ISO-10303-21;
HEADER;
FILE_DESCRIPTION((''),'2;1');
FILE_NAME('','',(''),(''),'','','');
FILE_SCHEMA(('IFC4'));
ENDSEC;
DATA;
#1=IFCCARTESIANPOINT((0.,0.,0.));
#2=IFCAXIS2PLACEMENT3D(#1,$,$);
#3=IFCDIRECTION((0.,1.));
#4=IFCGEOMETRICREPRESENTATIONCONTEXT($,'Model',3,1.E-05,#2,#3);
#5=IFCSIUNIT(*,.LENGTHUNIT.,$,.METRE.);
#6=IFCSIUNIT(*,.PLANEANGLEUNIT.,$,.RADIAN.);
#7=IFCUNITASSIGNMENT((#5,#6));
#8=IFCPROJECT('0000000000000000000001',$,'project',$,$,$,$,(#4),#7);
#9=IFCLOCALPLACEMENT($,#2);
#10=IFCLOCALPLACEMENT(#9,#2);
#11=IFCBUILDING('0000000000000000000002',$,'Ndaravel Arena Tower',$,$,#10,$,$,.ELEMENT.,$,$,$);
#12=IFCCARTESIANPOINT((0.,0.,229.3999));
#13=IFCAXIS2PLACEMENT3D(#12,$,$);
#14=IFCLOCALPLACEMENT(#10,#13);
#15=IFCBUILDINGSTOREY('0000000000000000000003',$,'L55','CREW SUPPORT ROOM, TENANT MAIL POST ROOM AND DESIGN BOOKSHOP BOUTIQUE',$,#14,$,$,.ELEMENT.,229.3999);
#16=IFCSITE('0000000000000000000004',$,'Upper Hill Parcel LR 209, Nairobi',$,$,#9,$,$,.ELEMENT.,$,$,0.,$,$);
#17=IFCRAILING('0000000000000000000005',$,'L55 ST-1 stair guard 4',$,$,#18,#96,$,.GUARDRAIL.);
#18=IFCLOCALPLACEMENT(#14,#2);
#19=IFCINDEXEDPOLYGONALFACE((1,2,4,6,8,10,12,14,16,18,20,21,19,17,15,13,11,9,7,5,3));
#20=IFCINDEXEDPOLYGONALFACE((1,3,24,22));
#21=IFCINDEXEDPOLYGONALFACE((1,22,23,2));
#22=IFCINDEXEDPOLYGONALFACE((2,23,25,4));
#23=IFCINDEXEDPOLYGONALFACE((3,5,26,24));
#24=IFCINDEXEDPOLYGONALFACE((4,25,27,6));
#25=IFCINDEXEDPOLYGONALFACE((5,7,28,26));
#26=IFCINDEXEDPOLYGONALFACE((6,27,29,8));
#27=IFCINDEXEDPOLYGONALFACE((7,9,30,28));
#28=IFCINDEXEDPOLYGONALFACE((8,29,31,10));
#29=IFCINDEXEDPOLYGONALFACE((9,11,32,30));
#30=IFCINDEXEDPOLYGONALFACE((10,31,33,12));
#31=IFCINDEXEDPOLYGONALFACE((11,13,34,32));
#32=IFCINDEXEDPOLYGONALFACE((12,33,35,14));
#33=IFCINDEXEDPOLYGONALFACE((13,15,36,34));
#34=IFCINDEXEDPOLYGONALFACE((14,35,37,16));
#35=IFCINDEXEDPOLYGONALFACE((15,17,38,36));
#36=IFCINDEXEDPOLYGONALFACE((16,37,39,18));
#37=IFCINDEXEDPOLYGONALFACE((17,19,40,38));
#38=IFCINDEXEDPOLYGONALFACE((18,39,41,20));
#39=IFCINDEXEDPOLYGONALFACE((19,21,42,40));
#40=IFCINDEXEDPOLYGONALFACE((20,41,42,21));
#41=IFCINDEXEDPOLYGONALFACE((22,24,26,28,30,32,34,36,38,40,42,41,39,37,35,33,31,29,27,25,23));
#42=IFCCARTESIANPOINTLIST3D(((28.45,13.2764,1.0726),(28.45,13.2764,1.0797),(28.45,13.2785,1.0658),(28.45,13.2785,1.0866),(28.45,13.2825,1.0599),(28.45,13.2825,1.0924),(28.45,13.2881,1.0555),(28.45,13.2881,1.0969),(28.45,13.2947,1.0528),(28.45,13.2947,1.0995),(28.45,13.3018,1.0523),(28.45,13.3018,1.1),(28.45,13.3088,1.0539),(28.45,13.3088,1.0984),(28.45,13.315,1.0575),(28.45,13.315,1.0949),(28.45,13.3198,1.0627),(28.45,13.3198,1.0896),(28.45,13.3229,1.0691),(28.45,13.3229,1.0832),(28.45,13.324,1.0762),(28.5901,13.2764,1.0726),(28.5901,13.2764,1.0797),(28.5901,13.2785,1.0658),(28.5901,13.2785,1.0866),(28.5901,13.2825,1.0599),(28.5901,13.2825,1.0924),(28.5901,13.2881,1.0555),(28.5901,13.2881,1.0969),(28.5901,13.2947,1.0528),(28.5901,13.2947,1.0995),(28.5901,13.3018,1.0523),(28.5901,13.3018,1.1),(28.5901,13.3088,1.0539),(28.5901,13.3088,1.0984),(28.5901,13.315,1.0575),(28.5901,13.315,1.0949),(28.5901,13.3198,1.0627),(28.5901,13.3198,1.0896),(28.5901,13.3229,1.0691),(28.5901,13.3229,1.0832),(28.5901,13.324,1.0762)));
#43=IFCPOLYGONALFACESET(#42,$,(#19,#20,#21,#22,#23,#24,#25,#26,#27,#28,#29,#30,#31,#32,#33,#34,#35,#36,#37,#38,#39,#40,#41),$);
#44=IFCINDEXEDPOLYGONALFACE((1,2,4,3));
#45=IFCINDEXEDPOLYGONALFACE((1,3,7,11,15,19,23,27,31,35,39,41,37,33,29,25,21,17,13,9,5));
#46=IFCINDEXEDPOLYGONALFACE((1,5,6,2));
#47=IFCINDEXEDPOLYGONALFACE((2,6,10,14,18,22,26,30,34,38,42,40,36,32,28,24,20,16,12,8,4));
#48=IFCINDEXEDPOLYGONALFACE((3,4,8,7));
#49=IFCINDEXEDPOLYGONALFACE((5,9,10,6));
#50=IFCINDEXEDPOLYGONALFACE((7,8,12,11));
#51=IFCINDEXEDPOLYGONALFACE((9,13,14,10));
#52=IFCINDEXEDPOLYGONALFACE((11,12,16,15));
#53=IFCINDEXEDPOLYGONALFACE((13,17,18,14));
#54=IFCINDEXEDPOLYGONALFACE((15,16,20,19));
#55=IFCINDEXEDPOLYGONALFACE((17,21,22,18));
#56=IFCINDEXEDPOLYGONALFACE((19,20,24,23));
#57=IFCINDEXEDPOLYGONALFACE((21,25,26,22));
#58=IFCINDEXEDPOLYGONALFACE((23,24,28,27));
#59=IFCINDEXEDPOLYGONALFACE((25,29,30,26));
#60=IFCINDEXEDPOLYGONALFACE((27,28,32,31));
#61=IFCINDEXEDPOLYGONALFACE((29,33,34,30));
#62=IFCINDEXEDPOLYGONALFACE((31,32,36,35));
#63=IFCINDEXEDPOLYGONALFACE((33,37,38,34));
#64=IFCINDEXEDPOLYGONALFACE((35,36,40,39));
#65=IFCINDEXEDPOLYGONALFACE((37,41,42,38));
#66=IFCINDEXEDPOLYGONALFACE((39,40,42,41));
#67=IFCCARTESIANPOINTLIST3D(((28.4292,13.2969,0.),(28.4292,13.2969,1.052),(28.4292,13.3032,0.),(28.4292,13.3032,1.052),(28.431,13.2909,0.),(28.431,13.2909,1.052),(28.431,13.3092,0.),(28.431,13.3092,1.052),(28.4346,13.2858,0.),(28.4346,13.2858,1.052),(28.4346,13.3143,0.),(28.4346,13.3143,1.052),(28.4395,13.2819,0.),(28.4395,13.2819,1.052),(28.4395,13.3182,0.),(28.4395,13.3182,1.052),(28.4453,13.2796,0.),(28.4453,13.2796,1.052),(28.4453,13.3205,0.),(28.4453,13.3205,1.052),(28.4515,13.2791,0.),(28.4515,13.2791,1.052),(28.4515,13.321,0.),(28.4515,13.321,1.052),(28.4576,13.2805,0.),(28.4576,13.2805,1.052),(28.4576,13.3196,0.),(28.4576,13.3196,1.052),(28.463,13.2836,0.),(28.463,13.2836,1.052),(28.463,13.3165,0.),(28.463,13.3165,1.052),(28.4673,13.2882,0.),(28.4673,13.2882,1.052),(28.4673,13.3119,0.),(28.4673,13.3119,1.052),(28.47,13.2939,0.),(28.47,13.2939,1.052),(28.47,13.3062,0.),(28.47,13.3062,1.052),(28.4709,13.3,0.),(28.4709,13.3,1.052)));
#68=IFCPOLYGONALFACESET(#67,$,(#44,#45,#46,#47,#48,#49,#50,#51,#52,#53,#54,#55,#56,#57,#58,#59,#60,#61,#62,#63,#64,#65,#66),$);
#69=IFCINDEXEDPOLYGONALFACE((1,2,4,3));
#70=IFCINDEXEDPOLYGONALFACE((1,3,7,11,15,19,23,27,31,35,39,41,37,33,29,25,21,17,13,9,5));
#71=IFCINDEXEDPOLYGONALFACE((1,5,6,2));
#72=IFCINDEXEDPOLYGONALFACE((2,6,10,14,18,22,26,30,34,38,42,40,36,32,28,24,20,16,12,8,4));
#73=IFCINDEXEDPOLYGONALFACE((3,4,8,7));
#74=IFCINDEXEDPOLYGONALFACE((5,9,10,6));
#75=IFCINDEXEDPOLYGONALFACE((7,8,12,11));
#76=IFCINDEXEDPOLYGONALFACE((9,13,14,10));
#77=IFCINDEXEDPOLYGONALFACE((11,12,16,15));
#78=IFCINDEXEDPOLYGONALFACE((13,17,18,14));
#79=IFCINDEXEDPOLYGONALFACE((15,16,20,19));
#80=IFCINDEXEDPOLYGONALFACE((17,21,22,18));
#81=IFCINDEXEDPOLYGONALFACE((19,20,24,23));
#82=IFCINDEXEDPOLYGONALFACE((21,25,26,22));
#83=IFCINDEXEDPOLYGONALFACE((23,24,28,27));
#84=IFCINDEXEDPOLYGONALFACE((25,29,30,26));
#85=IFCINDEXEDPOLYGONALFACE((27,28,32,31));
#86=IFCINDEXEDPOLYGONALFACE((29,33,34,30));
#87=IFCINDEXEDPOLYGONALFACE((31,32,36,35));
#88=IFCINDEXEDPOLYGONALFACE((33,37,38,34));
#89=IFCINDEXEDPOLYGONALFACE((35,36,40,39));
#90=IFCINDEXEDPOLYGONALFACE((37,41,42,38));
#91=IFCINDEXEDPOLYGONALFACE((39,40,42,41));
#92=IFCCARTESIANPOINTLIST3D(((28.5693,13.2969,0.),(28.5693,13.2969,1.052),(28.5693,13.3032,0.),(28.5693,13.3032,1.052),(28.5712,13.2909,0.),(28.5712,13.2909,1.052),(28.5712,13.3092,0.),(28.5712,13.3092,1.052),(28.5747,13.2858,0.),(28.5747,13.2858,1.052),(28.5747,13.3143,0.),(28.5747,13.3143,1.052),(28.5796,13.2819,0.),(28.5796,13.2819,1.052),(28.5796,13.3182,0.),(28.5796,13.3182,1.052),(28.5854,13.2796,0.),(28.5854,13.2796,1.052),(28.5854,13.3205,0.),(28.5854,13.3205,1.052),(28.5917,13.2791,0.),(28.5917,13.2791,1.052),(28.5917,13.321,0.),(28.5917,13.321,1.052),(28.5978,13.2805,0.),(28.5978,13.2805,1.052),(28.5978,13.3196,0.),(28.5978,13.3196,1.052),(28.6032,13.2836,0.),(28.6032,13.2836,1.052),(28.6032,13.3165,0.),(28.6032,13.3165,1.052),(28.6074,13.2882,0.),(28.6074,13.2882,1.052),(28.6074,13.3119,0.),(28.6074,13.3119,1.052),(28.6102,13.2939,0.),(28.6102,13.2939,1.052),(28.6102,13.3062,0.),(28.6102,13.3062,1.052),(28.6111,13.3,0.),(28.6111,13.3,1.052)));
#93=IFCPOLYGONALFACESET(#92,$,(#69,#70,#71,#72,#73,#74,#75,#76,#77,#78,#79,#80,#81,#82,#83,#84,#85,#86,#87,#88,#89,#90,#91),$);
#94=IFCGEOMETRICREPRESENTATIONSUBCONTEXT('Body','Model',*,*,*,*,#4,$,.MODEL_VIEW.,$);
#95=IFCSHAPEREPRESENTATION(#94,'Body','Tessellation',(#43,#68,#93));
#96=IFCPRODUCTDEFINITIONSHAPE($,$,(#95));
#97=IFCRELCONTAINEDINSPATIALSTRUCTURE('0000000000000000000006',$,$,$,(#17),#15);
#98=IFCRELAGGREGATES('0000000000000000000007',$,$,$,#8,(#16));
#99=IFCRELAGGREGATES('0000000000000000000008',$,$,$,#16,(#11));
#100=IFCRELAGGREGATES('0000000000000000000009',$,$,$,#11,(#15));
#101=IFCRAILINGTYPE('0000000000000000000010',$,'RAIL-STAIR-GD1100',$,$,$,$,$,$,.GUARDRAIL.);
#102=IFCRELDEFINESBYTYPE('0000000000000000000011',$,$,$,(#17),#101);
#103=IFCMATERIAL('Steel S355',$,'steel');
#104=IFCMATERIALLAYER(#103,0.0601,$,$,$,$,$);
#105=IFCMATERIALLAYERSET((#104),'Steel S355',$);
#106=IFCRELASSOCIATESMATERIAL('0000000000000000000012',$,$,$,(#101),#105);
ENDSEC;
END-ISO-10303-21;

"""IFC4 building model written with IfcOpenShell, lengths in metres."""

from ifc_helpers import new_model, si_unit, direction, frame, origin, origin_2d, place, context, subcontext, project, spatial, circle, extrude, material, layer, layer_set, type_object, element, save


model = new_model("IFC4")

# Units and contexts
model_context = context("Model", 3, precision=1e-05, world=origin(), true_north=direction((0.0, 1.0)))
body_context = subcontext(model_context, "Body", "Model", "MODEL_VIEW")
ifc_project = project(units=[si_unit("LENGTHUNIT", "METRE"), si_unit("PLANEANGLEUNIT", "RADIAN")], contexts=[model_context])

# Site, building, storey
site_placement = place(None, origin())
site = spatial("IfcSite", under=ifc_project, at=site_placement, Name="Upper Hill Parcel LR 209, Nairobi", CompositionType="ELEMENT", RefElevation=0.0)
building_placement = place(site_placement, origin())
building = spatial("IfcBuilding", under=site, at=building_placement, Name="Ndaravel Arena Tower", CompositionType="ELEMENT")
storey_placement = place(building_placement, frame((0.0, 0.0, 229.3999)))
storey = spatial("IfcBuildingStorey", under=building, at=storey_placement, Name="L55", Description="CREW SUPPORT ROOM, TENANT MAIL POST ROOM AND DESIGN BOOKSHOP BOUTIQUE", CompositionType="ELEMENT", Elevation=229.3999)

# Railing
ifc_material_1 = material(Name="Steel S355", Category="steel")
ifc_layer_1 = layer(ifc_material_1, 0.0601)
ifc_layer_set_1 = layer_set([ifc_layer_1], Name="Steel S355")
railing_type_1 = type_object("IfcRailingType", Name="RAIL-STAIR-GD1100", PredefinedType="GUARDRAIL", material=ifc_layer_set_1)
railing_1_placement = place(storey_placement, frame((28.45, 13.3, 0.0)))
element("IfcRailing", 1, at=railing_1_placement, inside=storey, type_object=railing_type_1, Name="L55 ST-1 stair guard 4", PredefinedType="GUARDRAIL", context=body_context, shape_type="SweptSolid", body=[
    extrude(circle(Radius=0.0239, at=origin_2d()), frame((0.0, 0.0, 1.0762), z_axis=(1.0, 0.0, 0.0), x_axis=(0.0, 1.0, 0.0)), (0.0, 0.0, 1.0), 0.1401),
    extrude(circle(Radius=0.021, at=origin_2d()), origin(), (0.0, 0.0, 1.0), 1.052),
    extrude(circle(Radius=0.021, at=origin_2d()), frame((0.1401, 0.0, 0.0)), (0.0, 0.0, 1.0), 1.052),
])

save(model, "model.ifc")
